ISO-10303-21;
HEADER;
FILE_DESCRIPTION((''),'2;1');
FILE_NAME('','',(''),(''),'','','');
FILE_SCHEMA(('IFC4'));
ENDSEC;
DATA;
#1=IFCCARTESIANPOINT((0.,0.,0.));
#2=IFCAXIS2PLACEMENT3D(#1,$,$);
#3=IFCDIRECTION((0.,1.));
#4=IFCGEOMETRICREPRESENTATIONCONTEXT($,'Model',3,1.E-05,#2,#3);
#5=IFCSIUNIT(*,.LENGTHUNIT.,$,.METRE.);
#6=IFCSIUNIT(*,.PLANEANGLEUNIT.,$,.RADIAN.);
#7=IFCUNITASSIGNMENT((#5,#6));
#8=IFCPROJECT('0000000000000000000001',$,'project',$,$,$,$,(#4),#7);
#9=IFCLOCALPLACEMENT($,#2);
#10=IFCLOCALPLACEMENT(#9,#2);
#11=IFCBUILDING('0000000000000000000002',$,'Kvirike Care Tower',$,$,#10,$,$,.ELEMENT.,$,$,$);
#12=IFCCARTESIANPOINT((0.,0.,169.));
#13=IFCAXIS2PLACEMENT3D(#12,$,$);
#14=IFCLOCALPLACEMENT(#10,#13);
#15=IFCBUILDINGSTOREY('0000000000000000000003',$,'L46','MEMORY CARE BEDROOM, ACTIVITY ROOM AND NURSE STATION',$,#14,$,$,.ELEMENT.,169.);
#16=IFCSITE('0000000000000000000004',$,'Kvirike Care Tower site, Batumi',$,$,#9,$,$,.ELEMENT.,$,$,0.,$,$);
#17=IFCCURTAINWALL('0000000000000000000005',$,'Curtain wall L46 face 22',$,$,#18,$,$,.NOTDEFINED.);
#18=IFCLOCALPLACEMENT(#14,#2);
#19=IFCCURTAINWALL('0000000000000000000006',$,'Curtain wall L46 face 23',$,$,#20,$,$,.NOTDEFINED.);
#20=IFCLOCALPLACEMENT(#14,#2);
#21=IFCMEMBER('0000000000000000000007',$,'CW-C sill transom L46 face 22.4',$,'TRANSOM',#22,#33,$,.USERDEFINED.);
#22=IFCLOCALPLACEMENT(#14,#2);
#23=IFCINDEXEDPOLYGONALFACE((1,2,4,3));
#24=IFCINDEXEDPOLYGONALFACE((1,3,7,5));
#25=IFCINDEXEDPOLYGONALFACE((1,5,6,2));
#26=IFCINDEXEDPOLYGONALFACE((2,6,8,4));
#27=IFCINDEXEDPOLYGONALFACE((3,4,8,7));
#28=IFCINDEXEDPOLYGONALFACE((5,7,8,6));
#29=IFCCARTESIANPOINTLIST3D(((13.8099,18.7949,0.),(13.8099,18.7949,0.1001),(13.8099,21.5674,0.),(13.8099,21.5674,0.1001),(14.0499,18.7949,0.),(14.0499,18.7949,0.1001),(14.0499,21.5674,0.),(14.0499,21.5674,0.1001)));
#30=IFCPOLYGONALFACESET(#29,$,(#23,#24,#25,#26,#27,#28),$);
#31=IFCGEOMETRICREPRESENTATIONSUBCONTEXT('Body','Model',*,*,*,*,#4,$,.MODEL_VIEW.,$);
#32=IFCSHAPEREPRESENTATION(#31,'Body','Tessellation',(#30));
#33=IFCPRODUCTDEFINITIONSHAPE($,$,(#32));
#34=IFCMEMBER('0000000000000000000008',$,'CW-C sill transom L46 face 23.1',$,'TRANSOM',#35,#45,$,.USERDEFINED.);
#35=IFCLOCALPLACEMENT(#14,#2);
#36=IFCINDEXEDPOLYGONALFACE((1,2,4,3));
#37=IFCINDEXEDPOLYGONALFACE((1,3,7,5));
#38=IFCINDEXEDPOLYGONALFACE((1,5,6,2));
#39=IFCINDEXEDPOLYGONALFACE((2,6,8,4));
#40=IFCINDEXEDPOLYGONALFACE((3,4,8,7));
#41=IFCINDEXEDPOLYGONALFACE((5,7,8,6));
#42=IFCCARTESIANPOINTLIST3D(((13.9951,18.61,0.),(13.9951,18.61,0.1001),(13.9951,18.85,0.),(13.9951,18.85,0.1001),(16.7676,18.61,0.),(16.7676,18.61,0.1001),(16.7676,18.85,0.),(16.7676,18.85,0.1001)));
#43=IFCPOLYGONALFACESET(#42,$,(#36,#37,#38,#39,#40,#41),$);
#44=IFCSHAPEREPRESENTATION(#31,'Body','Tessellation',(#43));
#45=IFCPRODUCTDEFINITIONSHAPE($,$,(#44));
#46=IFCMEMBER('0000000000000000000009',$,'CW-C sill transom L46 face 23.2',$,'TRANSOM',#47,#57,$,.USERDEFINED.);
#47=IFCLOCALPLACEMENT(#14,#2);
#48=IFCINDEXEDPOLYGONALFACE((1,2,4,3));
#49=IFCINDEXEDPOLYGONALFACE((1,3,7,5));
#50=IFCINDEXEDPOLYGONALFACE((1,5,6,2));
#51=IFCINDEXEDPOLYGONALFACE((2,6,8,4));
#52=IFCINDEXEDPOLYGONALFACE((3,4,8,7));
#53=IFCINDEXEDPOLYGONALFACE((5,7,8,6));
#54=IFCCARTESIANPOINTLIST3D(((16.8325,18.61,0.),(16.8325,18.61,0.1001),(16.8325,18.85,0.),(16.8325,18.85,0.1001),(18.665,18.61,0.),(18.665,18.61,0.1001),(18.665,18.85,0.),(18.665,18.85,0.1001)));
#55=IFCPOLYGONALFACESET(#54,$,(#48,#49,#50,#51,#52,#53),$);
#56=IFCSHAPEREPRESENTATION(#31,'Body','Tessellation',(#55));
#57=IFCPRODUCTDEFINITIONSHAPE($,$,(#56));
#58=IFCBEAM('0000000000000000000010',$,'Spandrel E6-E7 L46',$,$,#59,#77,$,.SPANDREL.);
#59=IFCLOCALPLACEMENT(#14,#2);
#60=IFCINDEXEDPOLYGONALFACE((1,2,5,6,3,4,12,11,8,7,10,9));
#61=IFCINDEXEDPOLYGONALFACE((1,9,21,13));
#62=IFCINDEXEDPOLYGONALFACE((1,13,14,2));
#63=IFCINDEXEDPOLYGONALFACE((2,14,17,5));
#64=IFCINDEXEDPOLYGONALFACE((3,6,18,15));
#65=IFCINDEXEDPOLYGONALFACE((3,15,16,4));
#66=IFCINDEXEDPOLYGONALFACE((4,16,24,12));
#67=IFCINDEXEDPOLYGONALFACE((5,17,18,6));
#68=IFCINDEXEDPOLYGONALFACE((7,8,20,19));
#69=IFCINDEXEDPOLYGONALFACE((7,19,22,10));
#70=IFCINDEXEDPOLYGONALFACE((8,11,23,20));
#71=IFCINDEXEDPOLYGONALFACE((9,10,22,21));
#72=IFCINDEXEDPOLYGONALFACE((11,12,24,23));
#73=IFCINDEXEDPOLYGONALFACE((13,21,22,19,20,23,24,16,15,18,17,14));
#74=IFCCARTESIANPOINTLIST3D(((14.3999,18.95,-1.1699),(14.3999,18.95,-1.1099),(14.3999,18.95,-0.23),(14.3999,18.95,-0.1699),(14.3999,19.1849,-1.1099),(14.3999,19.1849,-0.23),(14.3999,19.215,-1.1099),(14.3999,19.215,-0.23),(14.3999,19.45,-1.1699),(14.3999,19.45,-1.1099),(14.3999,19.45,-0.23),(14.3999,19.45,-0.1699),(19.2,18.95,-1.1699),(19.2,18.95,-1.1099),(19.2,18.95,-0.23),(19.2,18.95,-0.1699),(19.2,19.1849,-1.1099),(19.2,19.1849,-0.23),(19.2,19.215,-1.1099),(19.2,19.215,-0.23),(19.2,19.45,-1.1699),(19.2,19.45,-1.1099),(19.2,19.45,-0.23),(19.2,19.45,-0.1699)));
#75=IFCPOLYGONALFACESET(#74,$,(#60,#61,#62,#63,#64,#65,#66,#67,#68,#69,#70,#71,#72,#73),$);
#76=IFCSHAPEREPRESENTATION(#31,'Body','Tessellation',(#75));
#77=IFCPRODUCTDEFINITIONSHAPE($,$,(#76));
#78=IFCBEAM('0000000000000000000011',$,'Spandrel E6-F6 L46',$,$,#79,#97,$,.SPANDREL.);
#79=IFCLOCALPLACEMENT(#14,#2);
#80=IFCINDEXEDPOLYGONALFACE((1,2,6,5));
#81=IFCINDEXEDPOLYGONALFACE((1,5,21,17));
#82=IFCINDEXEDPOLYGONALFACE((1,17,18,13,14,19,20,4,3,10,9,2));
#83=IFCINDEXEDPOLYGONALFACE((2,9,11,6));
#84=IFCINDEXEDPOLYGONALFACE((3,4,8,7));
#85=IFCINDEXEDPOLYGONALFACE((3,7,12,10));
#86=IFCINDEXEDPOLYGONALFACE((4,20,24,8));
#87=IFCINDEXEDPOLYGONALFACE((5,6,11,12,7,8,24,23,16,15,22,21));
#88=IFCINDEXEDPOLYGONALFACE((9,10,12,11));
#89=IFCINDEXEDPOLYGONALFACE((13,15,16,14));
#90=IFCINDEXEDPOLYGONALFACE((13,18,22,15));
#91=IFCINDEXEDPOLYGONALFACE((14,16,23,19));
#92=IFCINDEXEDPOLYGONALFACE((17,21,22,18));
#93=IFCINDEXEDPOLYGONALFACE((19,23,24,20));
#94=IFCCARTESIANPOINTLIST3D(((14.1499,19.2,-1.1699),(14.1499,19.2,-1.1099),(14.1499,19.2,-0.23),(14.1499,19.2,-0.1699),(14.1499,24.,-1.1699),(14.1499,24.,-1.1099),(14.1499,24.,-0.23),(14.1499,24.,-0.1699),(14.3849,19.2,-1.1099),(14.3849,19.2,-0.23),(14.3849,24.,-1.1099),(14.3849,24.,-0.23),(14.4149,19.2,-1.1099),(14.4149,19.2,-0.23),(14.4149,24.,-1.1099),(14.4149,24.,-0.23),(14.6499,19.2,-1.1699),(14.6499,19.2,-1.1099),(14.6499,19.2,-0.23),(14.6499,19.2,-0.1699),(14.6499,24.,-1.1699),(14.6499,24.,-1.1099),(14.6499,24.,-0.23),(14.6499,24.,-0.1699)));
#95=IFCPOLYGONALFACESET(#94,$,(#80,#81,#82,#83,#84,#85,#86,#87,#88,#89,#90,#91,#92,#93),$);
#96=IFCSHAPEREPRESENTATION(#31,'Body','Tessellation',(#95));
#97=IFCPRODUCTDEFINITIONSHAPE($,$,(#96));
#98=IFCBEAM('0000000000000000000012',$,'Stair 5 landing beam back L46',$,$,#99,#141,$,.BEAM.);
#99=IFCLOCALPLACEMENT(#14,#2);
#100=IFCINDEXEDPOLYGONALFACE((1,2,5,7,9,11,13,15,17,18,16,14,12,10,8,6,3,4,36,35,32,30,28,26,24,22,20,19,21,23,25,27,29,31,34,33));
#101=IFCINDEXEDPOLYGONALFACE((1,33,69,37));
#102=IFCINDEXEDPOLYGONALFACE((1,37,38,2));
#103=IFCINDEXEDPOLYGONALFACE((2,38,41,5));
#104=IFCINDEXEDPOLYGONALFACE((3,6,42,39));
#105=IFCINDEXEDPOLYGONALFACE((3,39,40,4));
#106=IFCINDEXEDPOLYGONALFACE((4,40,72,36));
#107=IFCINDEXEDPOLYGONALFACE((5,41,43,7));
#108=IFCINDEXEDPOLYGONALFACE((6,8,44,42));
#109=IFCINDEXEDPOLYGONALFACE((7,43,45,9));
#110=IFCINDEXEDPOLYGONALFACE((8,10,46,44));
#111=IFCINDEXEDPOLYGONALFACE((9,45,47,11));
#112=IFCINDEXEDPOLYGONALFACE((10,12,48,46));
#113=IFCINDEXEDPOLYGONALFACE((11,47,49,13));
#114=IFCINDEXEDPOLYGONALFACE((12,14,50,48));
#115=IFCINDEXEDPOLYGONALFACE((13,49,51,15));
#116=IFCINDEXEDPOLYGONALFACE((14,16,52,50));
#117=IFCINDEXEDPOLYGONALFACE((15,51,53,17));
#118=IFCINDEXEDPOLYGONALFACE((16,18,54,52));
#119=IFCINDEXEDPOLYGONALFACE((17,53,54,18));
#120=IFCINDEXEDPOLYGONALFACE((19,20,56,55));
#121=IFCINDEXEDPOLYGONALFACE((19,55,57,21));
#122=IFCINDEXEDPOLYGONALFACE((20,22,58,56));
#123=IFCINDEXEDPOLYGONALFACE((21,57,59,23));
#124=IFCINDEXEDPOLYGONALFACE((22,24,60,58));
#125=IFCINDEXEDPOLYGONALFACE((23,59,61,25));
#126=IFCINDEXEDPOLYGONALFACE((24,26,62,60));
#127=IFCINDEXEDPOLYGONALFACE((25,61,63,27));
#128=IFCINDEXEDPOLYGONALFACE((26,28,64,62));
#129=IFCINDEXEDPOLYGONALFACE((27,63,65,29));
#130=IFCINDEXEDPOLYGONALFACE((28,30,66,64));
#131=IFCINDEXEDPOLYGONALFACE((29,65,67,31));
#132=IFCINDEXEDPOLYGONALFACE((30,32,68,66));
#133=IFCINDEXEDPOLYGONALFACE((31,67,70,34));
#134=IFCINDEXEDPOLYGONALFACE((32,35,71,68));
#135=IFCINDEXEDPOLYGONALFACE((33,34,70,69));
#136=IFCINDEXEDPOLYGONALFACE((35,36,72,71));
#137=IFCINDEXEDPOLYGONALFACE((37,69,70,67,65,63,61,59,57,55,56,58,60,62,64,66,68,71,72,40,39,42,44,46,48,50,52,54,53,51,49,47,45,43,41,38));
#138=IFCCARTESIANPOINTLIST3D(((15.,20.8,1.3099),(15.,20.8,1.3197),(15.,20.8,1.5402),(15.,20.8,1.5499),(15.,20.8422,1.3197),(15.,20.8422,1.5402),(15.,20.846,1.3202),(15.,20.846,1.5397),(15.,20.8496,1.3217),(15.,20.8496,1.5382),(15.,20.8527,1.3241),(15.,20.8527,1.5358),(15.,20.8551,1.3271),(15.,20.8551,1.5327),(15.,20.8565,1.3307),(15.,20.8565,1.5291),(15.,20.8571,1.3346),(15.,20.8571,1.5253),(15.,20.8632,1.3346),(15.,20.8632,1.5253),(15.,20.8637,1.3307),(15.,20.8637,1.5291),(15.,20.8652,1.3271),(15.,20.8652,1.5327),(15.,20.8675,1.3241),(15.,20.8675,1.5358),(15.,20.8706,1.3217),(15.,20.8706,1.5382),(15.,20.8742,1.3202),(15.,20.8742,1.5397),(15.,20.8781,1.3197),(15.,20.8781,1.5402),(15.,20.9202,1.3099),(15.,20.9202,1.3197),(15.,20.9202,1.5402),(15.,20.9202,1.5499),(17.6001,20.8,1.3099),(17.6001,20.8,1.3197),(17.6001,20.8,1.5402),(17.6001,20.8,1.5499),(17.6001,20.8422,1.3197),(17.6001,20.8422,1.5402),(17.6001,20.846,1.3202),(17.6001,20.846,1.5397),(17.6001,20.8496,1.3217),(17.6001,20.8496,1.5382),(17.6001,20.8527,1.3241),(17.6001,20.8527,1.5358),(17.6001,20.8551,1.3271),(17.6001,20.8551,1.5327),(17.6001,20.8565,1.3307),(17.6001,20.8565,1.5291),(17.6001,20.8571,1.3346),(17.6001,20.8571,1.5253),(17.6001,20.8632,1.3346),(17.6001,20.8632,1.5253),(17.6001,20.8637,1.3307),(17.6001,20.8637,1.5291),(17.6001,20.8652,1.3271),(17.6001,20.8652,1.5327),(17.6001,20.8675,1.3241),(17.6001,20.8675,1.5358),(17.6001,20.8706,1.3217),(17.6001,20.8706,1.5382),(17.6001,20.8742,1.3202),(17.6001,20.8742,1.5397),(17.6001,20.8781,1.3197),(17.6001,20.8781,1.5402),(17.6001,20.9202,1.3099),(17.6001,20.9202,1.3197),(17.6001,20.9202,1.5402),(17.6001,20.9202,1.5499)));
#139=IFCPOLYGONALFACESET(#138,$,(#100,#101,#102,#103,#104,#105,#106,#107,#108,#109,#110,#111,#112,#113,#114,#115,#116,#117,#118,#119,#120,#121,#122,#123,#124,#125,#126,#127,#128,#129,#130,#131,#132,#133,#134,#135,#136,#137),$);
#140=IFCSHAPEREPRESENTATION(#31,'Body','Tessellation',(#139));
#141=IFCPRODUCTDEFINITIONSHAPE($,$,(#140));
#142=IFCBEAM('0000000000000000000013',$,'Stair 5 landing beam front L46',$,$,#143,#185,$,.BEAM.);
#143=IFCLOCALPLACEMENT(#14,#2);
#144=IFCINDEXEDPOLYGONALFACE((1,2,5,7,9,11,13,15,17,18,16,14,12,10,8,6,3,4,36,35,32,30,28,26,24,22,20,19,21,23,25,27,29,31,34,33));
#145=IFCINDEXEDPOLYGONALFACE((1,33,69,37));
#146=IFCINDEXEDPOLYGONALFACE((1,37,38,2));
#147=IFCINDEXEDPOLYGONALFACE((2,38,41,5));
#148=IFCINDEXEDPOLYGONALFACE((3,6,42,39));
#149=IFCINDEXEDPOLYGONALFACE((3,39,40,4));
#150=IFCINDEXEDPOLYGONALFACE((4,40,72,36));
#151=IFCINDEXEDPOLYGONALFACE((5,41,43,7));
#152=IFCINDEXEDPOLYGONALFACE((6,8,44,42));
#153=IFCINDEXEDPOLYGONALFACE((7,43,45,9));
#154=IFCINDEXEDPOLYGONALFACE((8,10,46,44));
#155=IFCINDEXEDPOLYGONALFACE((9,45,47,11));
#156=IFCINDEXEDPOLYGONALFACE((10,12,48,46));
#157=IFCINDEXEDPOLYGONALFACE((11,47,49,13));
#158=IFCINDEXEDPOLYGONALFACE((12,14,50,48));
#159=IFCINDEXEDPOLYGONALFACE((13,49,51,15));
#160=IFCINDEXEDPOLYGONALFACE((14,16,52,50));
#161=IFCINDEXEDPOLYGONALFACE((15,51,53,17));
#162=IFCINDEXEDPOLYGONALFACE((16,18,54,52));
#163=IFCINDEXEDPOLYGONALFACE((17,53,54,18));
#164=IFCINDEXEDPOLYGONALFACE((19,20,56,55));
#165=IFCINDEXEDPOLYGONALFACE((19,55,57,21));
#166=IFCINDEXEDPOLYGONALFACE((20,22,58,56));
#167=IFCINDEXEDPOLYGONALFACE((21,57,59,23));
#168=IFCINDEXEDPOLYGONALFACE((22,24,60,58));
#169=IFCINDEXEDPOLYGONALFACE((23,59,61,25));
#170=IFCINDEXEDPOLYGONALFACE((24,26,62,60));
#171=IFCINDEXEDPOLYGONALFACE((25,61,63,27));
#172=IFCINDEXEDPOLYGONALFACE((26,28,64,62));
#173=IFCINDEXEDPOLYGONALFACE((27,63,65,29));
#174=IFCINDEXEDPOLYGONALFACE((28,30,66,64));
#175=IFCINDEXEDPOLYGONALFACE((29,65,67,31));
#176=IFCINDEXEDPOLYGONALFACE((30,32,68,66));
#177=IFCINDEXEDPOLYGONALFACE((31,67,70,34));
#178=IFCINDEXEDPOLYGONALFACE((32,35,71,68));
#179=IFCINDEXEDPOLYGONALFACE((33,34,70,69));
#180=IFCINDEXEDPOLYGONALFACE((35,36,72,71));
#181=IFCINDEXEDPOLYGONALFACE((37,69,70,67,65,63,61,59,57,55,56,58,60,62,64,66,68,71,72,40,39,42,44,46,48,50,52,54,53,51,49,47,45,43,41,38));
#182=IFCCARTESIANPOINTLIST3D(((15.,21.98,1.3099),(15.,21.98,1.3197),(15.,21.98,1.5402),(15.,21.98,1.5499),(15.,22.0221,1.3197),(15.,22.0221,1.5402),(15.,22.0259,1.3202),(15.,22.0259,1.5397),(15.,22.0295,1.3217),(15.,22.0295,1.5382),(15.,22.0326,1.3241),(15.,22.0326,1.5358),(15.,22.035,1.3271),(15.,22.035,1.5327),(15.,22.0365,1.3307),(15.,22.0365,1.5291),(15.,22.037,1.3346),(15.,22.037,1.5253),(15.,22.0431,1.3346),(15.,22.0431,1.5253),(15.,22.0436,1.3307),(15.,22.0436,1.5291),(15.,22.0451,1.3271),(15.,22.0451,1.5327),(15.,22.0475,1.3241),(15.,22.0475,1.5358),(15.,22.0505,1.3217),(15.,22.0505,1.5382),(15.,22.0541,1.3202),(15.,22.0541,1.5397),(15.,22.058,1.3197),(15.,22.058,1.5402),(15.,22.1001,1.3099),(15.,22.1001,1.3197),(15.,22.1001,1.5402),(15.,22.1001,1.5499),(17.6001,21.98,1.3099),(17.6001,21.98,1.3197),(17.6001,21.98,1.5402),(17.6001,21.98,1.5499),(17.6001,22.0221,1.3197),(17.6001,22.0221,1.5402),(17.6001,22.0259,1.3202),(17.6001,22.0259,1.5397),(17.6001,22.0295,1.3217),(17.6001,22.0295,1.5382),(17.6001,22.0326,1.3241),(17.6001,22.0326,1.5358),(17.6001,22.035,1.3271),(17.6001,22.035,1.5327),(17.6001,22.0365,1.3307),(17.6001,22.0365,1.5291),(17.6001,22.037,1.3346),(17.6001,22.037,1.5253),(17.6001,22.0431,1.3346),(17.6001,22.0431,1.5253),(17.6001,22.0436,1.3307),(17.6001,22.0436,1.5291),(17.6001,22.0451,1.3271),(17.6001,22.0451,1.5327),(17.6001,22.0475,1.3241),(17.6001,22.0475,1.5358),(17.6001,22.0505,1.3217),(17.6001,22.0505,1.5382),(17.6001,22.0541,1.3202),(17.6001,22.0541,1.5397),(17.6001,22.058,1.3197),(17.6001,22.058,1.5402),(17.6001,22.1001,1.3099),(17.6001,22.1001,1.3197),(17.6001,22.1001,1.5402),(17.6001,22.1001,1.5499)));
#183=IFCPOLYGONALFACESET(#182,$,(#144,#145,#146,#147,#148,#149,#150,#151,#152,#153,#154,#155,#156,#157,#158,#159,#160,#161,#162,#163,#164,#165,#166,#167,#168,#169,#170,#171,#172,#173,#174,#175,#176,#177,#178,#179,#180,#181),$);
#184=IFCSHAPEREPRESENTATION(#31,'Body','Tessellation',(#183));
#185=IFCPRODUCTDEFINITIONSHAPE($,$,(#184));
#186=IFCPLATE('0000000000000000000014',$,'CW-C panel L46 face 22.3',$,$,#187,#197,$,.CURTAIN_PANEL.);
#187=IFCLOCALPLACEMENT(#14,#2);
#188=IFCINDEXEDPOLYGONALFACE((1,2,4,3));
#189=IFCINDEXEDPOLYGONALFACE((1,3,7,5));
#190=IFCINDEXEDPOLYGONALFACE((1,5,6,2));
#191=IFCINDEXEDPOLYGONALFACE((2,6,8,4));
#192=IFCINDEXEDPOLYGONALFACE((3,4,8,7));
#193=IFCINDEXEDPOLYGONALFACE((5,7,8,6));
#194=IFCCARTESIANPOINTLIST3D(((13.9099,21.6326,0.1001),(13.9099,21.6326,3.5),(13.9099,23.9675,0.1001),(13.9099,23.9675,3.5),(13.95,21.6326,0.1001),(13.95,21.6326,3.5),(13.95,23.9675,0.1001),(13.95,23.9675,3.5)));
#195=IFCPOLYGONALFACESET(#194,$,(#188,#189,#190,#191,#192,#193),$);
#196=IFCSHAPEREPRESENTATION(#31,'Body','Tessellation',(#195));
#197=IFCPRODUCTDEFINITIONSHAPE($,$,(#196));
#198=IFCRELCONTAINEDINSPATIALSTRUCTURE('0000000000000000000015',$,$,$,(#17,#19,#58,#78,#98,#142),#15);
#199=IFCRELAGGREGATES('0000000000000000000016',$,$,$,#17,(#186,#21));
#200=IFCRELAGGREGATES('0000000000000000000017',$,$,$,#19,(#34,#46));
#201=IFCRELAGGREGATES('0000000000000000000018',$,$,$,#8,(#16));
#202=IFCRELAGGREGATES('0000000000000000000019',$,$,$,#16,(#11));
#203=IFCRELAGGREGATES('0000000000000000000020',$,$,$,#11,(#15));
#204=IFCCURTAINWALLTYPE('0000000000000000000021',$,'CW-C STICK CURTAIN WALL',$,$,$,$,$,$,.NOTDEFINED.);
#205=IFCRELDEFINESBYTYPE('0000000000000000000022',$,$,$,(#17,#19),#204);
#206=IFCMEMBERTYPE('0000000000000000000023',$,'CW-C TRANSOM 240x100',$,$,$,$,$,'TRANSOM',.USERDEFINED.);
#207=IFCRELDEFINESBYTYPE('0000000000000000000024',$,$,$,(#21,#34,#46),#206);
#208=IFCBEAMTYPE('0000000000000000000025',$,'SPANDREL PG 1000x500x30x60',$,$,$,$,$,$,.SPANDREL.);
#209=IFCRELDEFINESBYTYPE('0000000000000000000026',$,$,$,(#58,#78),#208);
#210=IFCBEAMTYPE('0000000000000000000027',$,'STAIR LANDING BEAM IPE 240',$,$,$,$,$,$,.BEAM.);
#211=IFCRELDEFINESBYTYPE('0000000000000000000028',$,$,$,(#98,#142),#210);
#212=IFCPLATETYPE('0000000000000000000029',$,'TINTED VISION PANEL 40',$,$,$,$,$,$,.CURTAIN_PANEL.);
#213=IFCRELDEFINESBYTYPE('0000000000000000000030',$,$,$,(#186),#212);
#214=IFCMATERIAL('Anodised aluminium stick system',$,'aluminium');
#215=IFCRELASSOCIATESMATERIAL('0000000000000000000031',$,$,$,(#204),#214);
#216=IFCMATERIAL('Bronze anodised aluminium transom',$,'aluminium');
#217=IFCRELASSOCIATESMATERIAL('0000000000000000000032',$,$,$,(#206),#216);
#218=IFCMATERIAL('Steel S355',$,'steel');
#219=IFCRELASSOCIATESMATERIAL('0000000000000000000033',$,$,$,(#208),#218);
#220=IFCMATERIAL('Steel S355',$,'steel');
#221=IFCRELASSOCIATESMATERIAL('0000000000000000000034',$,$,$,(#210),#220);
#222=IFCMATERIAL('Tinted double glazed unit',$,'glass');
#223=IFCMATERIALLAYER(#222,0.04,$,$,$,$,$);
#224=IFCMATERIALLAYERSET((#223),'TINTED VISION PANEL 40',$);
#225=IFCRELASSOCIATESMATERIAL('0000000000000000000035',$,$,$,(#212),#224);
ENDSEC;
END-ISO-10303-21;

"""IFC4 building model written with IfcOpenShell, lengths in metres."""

from ifc_helpers import new_model, si_unit, direction, frame, origin, origin_2d, place, context, subcontext, project, spatial, rectangle, i_section, extrude, material, layer, layer_set, material_profile, profile_set, type_object, element, aggregate, save


model = new_model("IFC4")

# Units and contexts
model_context = context("Model", 3, precision=1e-05, world=origin(), true_north=direction((0.0, 1.0)))
body_context = subcontext(model_context, "Body", "Model", "MODEL_VIEW")
ifc_project = project(units=[si_unit("LENGTHUNIT", "METRE"), si_unit("PLANEANGLEUNIT", "RADIAN")], contexts=[model_context])

# Site, building, storey
site_placement = place(None, origin())
site = spatial("IfcSite", under=ifc_project, at=site_placement, Name="Kvirike Care Tower site, Batumi", CompositionType="ELEMENT", RefElevation=0.0)
building_placement = place(site_placement, origin())
building = spatial("IfcBuilding", under=site, at=building_placement, Name="Kvirike Care Tower", CompositionType="ELEMENT")
storey_placement = place(building_placement, frame((0.0, 0.0, 169.0)))
storey = spatial("IfcBuildingStorey", under=building, at=storey_placement, Name="L46", Description="MEMORY CARE BEDROOM, ACTIVITY ROOM AND NURSE STATION", CompositionType="ELEMENT", Elevation=169.0)

# Curtain walls
ifc_material_1 = material(Name="Anodised aluminium stick system", Category="aluminium")
curtain_wall_type = type_object("IfcCurtainWallType", Name="CW-C STICK CURTAIN WALL", PredefinedType="NOTDEFINED", material=ifc_material_1)
curtain_wall_1_placement = place(storey_placement, origin())
curtain_wall_1 = element("IfcCurtainWall", 1, at=curtain_wall_1_placement, inside=storey, type_object=curtain_wall_type, Name="Curtain wall L46 face 22", PredefinedType="NOTDEFINED")
curtain_wall_2_placement = place(storey_placement, origin())
curtain_wall_2 = element("IfcCurtainWall", 2, at=curtain_wall_2_placement, inside=storey, type_object=curtain_wall_type, Name="Curtain wall L46 face 23", PredefinedType="NOTDEFINED")

# Members
ifc_material_2 = material(Name="Bronze anodised aluminium transom", Category="aluminium")
ifc_material_profile_1 = material_profile(ifc_material_2, rectangle(XDim=0.24, YDim=0.1001, at=origin_2d()), Name="CW-C TRANSOM 240x100")
ifc_profile_set_1 = profile_set([ifc_material_profile_1], Name="Bronze anodised aluminium transom")
member_type_1 = type_object("IfcMemberType", Name="CW-C TRANSOM 240x100", ElementType="TRANSOM", PredefinedType="USERDEFINED", material=ifc_profile_set_1)
member_1_placement = place(storey_placement, frame((13.9299, 21.5674, 0.05), z_axis=(0.0, -1.0, 0.0), x_axis=(1.0, 0.0, 0.0)))
member_1 = element("IfcMember", 3, at=member_1_placement, type_object=member_type_1, Name="CW-C sill transom L46 face 22.4", ObjectType="TRANSOM", PredefinedType="USERDEFINED", context=body_context, shape_type="SweptSolid", body=[
    extrude(rectangle(XDim=0.24, YDim=0.1001, at=origin_2d()), origin(), (0.0, 0.0, 1.0), 2.7725),
])
member_2_placement = place(storey_placement, frame((13.9951, 18.73, 0.05), z_axis=(1.0, 0.0, 0.0), x_axis=(0.0, 1.0, 0.0)))
member_2 = element("IfcMember", 4, at=member_2_placement, type_object=member_type_1, Name="CW-C sill transom L46 face 23.1", ObjectType="TRANSOM", PredefinedType="USERDEFINED", context=body_context, shape_type="SweptSolid", body=[
    extrude(rectangle(XDim=0.24, YDim=0.1001, at=origin_2d()), origin(), (0.0, 0.0, 1.0), 2.7725),
])
member_3_placement = place(storey_placement, frame((16.8325, 18.73, 0.05), z_axis=(1.0, 0.0, 0.0), x_axis=(0.0, 1.0, 0.0)))
member_3 = element("IfcMember", 5, at=member_3_placement, type_object=member_type_1, Name="CW-C sill transom L46 face 23.2", ObjectType="TRANSOM", PredefinedType="USERDEFINED", context=body_context, shape_type="SweptSolid", body=[
    extrude(rectangle(XDim=0.24, YDim=0.1001, at=origin_2d()), origin(), (0.0, 0.0, 1.0), 1.8325),
])

# Beams
ifc_material_3 = material(Name="Steel S355", Category="steel")
ifc_material_profile_2 = material_profile(ifc_material_3, i_section(OverallWidth=0.5, OverallDepth=1.0, WebThickness=0.03, FlangeThickness=0.0601, at=origin_2d()), Name="PG 1000x500x30x60")
ifc_profile_set_2 = profile_set([ifc_material_profile_2], Name="Steel S355")
beam_type_1 = type_object("IfcBeamType", Name="SPANDREL PG 1000x500x30x60", PredefinedType="SPANDREL", material=ifc_profile_set_2)
for number, where, z_axis, x_axis, name in (
    (6, (14.3999, 19.2, -0.6699), (1.0, 0.0, 0.0), (0.0, 1.0, 0.0), "Spandrel E6-E7 L46"),
    (7, (14.3999, 19.2, -0.6699), (0.0, 1.0, 0.0), (-1.0, 0.0, 0.0), "Spandrel E6-F6 L46"),
):
    element("IfcBeam", number, at=place(storey_placement, frame(where, z_axis=z_axis, x_axis=x_axis)), inside=storey, type_object=beam_type_1, Name=name, PredefinedType="SPANDREL", context=body_context, shape_type="SweptSolid", body=[
        extrude(i_section(OverallWidth=0.5, OverallDepth=1.0, WebThickness=0.03, FlangeThickness=0.0601, at=origin_2d()), origin(), (0.0, 0.0, 1.0), 4.8),
    ])
ifc_material_4 = material(Name="Steel S355", Category="steel")
ifc_material_profile_3 = material_profile(ifc_material_4, i_section(OverallWidth=0.1201, OverallDepth=0.24, WebThickness=0.0061, FlangeThickness=0.0098, FilletRadius=0.0149, at=origin_2d()), Name="IPE 240")
ifc_profile_set_3 = profile_set([ifc_material_profile_3], Name="Steel S355")
beam_type_2 = type_object("IfcBeamType", Name="STAIR LANDING BEAM IPE 240", PredefinedType="BEAM", material=ifc_profile_set_3)
for number, where, z_axis, x_axis, name in (
    (8, (15.0, 20.8601, 1.4299), (1.0, 0.0, 0.0), (0.0, 1.0, 0.0), "Stair 5 landing beam back L46"),
    (9, (15.0, 22.04, 1.4299), (1.0, 0.0, 0.0), (0.0, 1.0, 0.0), "Stair 5 landing beam front L46"),
):
    element("IfcBeam", number, at=place(storey_placement, frame(where, z_axis=z_axis, x_axis=x_axis)), inside=storey, type_object=beam_type_2, Name=name, PredefinedType="BEAM", context=body_context, shape_type="SweptSolid", body=[
        extrude(i_section(OverallWidth=0.1201, OverallDepth=0.24, WebThickness=0.0061, FlangeThickness=0.0098, FilletRadius=0.0149, at=origin_2d()), origin(), (0.0, 0.0, 1.0), 2.6001),
    ])

# Plate
ifc_material_5 = material(Name="Tinted double glazed unit", Category="glass")
ifc_layer_1 = layer(ifc_material_5, 0.04)
ifc_layer_set_1 = layer_set([ifc_layer_1], Name="TINTED VISION PANEL 40")
plate_type = type_object("IfcPlateType", Name="TINTED VISION PANEL 40", PredefinedType="CURTAIN_PANEL", material=ifc_layer_set_1)
plate_1_placement = place(storey_placement, frame((13.9299, 22.8, 0.1001), z_axis=(0.0, 0.0, 1.0), x_axis=(0.0, -1.0, 0.0)))
plate_1 = element("IfcPlate", 10, at=plate_1_placement, type_object=plate_type, Name="CW-C panel L46 face 22.3", PredefinedType="CURTAIN_PANEL", context=body_context, shape_type="SweptSolid", body=[
    extrude(rectangle(XDim=2.335, YDim=0.04, at=origin_2d()), origin(), (0.0, 0.0, 1.0), 3.3999),
])
aggregate(curtain_wall_1, [plate_1, member_1])
aggregate(curtain_wall_2, [member_2, member_3])

save(model, "model.ifc")
